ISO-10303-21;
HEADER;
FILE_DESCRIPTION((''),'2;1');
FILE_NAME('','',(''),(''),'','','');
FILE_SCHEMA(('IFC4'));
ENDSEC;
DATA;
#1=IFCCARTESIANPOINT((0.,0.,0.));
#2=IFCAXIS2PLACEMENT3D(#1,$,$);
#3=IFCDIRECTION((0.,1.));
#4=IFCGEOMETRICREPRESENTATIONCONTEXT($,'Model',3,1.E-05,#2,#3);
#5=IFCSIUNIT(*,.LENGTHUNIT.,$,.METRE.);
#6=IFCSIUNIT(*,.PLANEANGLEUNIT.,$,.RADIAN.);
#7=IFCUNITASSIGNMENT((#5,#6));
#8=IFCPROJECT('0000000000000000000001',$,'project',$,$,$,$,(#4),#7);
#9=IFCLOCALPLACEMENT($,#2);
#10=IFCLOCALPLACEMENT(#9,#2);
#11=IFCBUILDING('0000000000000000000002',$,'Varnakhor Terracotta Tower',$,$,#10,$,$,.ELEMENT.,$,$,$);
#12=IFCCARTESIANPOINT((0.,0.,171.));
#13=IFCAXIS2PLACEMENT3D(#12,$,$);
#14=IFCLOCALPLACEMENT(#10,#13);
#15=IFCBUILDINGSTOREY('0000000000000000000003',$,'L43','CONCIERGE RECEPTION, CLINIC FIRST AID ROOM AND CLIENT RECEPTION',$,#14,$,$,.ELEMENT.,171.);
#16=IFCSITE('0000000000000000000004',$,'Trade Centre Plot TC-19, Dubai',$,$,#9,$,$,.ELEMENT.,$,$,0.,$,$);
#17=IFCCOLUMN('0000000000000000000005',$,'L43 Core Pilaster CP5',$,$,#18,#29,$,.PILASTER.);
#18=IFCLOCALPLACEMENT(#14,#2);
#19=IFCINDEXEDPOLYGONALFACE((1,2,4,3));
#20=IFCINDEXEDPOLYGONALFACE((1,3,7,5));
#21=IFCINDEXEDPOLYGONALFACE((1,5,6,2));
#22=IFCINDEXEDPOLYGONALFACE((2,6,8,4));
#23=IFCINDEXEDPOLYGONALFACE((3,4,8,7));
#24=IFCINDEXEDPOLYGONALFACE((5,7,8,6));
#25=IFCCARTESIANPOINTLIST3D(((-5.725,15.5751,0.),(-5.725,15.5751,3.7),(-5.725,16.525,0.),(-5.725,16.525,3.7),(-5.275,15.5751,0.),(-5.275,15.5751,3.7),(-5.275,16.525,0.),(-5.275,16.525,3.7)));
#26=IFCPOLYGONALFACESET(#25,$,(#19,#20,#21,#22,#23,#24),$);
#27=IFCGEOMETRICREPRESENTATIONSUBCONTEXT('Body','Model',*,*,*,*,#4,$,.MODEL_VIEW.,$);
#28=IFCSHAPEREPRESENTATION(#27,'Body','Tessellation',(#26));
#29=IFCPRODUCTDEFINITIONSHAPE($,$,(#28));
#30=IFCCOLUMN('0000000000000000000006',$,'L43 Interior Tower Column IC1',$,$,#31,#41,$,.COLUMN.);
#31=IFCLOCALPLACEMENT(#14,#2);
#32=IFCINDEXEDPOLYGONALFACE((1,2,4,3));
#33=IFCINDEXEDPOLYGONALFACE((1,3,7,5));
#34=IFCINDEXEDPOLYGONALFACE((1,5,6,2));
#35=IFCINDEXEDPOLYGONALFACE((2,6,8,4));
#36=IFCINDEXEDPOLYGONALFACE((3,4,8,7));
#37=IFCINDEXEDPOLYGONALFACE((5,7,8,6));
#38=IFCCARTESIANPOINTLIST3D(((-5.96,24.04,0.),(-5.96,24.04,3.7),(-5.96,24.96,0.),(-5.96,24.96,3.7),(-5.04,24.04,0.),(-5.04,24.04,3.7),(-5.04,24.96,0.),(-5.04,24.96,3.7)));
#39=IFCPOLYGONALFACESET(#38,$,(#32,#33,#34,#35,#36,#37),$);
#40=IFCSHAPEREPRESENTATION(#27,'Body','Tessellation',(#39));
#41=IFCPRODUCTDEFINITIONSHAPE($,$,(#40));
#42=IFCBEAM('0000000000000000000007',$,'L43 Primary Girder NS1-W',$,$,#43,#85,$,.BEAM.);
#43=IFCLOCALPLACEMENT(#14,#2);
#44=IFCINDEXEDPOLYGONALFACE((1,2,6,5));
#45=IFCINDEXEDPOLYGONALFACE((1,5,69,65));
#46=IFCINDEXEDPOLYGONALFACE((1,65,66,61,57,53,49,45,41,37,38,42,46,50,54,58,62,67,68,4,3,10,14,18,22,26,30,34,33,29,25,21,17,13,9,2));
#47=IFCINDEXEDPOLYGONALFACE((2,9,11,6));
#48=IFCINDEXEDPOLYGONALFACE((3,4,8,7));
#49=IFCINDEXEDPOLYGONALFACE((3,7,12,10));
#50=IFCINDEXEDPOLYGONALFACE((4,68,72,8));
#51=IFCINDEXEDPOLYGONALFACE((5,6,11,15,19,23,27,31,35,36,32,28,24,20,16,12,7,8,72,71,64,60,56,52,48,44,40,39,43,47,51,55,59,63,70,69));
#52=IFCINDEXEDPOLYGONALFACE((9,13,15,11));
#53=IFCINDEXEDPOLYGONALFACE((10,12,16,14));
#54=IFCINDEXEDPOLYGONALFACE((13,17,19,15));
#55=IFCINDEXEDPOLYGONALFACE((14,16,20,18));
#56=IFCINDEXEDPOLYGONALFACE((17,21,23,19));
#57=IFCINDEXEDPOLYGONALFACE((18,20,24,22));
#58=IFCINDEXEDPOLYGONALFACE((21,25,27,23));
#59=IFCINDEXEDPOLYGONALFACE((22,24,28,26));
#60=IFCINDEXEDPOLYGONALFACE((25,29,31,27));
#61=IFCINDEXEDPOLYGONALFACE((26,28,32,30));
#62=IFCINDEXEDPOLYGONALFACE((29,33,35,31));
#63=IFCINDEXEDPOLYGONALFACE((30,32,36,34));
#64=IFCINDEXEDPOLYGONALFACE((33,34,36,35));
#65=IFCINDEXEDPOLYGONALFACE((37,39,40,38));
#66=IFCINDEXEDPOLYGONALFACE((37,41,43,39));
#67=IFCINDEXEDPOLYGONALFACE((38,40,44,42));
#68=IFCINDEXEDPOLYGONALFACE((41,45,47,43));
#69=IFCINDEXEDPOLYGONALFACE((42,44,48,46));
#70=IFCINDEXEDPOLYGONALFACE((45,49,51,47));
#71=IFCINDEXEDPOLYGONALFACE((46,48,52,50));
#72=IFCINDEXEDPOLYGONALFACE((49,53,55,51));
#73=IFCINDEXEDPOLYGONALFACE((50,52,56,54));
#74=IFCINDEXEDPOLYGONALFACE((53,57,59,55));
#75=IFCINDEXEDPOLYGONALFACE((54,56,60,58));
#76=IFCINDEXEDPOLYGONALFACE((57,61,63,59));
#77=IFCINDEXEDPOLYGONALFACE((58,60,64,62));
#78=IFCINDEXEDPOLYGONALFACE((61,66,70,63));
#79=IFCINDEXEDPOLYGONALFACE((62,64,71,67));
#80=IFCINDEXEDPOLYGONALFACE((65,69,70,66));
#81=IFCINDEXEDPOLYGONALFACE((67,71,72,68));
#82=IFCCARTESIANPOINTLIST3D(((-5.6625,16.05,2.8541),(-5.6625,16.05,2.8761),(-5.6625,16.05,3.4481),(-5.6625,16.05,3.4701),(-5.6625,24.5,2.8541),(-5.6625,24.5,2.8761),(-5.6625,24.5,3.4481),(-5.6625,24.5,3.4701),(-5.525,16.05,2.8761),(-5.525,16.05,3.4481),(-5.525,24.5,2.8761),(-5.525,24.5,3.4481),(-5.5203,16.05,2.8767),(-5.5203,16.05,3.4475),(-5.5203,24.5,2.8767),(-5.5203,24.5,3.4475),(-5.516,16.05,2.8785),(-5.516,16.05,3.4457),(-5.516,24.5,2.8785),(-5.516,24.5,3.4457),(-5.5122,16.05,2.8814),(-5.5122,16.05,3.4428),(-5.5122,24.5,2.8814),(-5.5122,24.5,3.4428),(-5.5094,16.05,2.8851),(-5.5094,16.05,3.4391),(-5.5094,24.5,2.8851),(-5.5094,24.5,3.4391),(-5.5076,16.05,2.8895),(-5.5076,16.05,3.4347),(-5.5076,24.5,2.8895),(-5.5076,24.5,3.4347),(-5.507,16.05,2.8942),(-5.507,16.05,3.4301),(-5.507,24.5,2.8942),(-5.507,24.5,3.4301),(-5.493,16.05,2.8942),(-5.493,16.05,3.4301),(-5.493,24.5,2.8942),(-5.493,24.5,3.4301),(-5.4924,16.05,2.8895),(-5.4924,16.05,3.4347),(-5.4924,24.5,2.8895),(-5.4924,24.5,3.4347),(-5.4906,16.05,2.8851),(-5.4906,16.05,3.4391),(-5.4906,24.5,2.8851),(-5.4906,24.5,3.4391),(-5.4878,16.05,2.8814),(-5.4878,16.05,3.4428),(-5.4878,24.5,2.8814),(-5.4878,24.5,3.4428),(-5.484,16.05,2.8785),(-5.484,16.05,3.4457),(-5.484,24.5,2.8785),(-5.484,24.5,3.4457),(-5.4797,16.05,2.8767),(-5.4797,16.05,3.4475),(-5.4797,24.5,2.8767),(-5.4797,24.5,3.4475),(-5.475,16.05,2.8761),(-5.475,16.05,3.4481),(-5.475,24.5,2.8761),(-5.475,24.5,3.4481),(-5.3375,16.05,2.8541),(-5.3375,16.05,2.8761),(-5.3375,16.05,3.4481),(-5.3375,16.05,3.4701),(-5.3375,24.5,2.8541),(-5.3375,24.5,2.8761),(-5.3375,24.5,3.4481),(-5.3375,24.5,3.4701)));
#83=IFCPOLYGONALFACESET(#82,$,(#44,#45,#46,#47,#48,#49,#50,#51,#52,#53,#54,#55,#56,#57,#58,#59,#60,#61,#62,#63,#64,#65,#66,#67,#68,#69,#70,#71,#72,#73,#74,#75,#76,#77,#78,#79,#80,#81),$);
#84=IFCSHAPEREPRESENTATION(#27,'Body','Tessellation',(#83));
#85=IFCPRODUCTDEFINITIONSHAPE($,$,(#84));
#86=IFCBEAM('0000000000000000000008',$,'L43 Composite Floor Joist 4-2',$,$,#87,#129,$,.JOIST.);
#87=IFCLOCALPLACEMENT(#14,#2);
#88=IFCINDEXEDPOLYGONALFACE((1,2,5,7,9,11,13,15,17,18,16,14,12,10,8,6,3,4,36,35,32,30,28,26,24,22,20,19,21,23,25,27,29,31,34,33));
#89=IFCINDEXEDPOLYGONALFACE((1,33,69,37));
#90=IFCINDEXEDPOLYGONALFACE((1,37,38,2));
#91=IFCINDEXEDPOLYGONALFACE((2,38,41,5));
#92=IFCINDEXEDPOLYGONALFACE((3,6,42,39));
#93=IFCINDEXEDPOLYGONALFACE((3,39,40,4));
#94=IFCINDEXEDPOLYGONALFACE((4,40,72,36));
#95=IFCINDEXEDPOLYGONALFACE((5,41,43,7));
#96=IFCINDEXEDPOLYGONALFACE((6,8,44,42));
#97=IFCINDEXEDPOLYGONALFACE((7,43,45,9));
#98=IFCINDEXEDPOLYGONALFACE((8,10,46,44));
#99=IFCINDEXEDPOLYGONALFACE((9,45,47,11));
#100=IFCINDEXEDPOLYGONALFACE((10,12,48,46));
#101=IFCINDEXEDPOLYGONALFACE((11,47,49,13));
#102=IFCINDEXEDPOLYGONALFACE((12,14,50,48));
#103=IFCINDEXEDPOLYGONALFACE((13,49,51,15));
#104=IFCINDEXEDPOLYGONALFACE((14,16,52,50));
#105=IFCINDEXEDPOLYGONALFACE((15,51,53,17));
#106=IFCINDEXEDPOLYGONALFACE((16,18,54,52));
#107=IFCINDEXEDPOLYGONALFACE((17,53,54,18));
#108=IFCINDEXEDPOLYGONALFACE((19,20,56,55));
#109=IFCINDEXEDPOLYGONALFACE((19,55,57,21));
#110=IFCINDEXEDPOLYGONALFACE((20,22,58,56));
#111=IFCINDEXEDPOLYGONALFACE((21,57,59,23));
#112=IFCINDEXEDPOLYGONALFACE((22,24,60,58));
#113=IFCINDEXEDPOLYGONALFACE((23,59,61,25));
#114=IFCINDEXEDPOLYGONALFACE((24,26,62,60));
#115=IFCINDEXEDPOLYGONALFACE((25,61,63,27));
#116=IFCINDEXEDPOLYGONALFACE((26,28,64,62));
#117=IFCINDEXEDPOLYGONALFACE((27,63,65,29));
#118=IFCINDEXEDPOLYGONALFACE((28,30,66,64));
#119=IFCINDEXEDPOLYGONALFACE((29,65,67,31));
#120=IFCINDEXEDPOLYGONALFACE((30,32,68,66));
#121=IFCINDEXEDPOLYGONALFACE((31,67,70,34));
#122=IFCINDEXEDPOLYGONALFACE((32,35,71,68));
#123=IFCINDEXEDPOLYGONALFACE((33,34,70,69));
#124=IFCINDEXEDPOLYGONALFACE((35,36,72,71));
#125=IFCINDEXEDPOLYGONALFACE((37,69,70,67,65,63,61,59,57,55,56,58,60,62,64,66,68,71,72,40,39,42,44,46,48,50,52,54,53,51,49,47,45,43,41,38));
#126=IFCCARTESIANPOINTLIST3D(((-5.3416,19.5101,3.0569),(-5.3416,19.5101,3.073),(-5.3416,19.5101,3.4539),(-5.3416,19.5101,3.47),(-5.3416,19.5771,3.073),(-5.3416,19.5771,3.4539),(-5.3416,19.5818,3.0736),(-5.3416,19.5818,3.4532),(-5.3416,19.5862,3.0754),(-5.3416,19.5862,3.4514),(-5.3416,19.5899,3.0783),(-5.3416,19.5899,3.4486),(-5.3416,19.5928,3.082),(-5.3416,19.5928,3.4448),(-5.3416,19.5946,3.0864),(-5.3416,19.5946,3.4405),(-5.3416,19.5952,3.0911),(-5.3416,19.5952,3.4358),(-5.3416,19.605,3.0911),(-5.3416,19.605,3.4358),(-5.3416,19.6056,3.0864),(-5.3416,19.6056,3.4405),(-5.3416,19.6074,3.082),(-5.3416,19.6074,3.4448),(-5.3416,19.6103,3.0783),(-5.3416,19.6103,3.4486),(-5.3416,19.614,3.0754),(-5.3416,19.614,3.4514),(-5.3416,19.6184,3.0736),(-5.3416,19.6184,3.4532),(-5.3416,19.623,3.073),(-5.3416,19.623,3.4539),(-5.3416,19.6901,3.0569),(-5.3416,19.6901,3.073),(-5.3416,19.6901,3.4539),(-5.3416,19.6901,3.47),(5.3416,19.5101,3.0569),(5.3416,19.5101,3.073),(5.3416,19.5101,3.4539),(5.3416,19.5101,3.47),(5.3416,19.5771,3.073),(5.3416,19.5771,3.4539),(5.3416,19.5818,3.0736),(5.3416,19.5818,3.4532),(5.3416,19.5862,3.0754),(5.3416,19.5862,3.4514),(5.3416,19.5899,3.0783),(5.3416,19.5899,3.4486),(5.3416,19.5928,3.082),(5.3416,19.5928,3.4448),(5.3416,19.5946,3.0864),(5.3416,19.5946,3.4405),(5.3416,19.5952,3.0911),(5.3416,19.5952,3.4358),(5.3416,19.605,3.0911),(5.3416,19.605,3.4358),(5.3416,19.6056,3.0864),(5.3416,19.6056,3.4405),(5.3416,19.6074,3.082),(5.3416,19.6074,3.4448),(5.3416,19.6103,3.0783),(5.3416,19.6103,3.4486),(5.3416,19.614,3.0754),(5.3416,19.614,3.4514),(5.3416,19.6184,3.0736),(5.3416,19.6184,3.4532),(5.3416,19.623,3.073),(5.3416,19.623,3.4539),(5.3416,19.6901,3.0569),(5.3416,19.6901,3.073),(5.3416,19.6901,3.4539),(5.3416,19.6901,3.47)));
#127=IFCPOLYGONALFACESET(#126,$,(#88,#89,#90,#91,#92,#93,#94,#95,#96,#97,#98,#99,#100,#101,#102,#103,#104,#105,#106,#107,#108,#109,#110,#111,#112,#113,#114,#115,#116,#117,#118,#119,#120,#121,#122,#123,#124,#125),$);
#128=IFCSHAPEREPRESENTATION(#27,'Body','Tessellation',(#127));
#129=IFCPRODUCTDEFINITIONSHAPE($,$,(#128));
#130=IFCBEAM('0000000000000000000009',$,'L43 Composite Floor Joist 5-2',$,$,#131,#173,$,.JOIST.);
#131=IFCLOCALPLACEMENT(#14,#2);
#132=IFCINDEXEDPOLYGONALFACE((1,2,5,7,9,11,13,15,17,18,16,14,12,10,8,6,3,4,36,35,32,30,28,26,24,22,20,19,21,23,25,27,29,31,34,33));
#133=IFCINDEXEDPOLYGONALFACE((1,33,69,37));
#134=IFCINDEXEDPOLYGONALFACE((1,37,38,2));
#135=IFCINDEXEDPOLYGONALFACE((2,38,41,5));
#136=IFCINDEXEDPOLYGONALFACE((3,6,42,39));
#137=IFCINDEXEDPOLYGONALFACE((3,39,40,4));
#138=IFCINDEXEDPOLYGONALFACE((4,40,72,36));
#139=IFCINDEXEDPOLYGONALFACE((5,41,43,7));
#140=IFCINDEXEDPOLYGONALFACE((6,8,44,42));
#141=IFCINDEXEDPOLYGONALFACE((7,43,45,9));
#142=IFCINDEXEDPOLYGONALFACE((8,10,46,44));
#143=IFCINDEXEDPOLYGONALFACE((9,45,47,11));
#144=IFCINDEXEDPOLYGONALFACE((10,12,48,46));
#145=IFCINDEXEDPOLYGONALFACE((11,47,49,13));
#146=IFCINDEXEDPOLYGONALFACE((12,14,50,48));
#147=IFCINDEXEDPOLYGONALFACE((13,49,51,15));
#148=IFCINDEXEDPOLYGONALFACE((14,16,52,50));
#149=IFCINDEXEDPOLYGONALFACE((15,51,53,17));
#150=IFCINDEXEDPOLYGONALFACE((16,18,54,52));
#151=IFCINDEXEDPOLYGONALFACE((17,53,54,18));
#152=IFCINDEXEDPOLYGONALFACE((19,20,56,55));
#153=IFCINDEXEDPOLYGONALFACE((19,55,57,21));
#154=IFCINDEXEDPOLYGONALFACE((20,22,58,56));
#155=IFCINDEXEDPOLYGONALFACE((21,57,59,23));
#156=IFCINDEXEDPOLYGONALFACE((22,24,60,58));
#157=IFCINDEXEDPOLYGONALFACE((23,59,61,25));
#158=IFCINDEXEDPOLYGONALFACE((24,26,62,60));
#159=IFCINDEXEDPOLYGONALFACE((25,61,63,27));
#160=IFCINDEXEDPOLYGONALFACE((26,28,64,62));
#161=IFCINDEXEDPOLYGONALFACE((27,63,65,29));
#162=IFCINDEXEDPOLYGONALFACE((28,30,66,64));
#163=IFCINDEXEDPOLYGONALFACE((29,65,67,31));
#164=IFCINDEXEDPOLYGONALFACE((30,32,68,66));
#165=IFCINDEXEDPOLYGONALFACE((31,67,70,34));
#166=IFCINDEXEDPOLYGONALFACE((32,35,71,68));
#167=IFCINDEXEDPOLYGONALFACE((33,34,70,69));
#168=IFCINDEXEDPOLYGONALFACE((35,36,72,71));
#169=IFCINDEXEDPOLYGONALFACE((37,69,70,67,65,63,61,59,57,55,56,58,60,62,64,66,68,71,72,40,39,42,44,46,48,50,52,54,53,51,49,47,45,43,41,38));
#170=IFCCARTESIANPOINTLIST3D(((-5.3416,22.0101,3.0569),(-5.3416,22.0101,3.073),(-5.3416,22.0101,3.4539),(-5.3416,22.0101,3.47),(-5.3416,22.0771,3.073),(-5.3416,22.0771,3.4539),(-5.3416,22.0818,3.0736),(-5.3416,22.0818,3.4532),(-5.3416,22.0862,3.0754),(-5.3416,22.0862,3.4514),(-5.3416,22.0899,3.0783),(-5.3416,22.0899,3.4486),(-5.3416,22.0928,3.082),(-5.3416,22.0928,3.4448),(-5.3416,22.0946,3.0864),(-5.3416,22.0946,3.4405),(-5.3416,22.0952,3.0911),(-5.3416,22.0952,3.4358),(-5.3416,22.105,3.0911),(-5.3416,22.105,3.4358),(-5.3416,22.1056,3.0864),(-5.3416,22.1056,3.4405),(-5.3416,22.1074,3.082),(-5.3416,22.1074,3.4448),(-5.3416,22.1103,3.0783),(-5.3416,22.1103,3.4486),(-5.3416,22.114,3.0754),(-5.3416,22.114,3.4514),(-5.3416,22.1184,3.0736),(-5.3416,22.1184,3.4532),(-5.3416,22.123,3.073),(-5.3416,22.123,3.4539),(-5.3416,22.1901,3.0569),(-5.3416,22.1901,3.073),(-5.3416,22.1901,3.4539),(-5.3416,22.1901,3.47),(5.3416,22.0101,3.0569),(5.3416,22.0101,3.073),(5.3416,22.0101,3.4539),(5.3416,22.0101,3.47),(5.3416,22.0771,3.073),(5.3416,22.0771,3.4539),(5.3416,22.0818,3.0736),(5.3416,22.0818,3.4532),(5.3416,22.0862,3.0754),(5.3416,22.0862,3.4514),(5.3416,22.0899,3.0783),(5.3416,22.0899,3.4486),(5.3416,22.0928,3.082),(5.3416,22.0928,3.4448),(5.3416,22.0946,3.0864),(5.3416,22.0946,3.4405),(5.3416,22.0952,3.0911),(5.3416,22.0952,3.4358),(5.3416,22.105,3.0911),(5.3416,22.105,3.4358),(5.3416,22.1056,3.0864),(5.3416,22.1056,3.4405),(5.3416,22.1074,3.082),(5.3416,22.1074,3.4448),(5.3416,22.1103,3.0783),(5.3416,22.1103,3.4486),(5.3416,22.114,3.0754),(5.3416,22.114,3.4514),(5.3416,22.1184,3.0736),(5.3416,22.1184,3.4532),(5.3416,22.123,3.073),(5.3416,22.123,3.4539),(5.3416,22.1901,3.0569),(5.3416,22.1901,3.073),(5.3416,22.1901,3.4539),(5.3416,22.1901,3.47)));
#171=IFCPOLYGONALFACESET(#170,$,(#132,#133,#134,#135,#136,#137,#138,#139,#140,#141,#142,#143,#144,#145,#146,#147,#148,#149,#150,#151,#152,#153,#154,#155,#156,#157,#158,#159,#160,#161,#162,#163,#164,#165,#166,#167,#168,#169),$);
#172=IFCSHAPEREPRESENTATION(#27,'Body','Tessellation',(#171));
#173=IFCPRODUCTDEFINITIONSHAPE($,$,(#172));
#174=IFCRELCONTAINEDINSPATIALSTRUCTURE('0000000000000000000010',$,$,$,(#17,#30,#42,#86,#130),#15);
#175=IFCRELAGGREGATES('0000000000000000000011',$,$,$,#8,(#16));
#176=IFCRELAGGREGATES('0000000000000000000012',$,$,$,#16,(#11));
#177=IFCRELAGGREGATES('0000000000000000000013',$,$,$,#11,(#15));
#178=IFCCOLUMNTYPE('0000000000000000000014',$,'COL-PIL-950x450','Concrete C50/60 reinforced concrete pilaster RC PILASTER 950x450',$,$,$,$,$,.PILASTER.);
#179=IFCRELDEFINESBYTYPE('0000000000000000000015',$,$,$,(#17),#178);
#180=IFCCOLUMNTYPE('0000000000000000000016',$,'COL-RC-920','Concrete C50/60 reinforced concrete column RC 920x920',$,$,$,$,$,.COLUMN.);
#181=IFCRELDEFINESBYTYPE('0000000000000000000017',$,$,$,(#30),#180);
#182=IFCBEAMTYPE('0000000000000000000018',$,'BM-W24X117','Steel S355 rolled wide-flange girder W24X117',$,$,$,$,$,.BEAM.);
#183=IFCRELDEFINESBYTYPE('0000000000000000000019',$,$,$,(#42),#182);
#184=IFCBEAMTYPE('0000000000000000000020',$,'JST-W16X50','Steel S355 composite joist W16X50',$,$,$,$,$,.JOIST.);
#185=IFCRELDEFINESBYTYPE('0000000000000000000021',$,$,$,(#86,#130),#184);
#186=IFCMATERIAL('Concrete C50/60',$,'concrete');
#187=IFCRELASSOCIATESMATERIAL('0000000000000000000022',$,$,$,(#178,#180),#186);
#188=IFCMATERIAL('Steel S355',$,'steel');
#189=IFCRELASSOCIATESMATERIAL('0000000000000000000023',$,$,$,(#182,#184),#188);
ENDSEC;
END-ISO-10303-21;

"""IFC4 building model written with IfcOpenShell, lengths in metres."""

from ifc_helpers import new_model, si_unit, direction, frame, origin, origin_2d, place, context, subcontext, project, spatial, rectangle, i_section, extrude, source, transform, mapped, material, material_profile, profile_set, type_object, type_shapes, element, save


model = new_model("IFC4")

# Units and contexts
model_context = context("Model", 3, precision=1e-05, world=origin(), true_north=direction((0.0, 1.0)))
body_context = subcontext(model_context, "Body", "Model", "MODEL_VIEW")
ifc_project = project(units=[si_unit("LENGTHUNIT", "METRE"), si_unit("PLANEANGLEUNIT", "RADIAN")], contexts=[model_context])

# Site, building, storey
site_placement = place(None, origin())
site = spatial("IfcSite", under=ifc_project, at=site_placement, Name="Trade Centre Plot TC-19, Dubai", CompositionType="ELEMENT", RefElevation=0.0)
building_placement = place(site_placement, origin())
building = spatial("IfcBuilding", under=site, at=building_placement, Name="Varnakhor Terracotta Tower", CompositionType="ELEMENT")
storey_placement = place(building_placement, frame((0.0, 0.0, 171.0)))
storey = spatial("IfcBuildingStorey", under=building, at=storey_placement, Name="L43", Description="CONCIERGE RECEPTION, CLINIC FIRST AID ROOM AND CLIENT RECEPTION", CompositionType="ELEMENT", Elevation=171.0)

# Columns
ifc_material_1 = material(Name="Concrete C50/60", Category="concrete")
ifc_material_profile_1 = material_profile(ifc_material_1, rectangle(XDim=0.45, YDim=0.95, at=origin_2d()), Name="RC PILASTER 950x450")
ifc_profile_set_1 = profile_set([ifc_material_profile_1], Name="Concrete C50/60")
column_type_1 = type_object("IfcColumnType", Name="COL-PIL-950x450", Description="Concrete C50/60 reinforced concrete pilaster RC PILASTER 950x450", PredefinedType="PILASTER", material=ifc_profile_set_1)
shared_shape_1 = source(origin(), body_context, "Body", "SweptSolid", [
    extrude(rectangle(XDim=0.45, YDim=0.95, at=origin_2d()), origin(), (0.0, 0.0, 1.0), 3.7),
])
column_1_placement = place(storey_placement, frame((-5.5, 16.05, 0.0), z_axis=(0.0, 0.0, 1.0), x_axis=(1.0, 0.0, 0.0)))
element("IfcColumn", 1, at=column_1_placement, inside=storey, type_object=column_type_1, Name="L43 Core Pilaster CP5", PredefinedType="PILASTER", context=body_context, shape_type="MappedRepresentation", body=[
    mapped(shared_shape_1, transform((0.0, 0.0, 0.0), scale=1.0)),
])
ifc_material_profile_2 = material_profile(ifc_material_1, rectangle(XDim=0.9199, YDim=0.9199, at=origin_2d()), Name="RC 920x920")
ifc_profile_set_2 = profile_set([ifc_material_profile_2], Name="Concrete C50/60")
column_type_2 = type_object("IfcColumnType", Name="COL-RC-920", Description="Concrete C50/60 reinforced concrete column RC 920x920", PredefinedType="COLUMN", material=ifc_profile_set_2)
shared_shape_2 = source(origin(), body_context, "Body", "SweptSolid", [
    extrude(rectangle(XDim=0.9199, YDim=0.9199, at=origin_2d()), origin(), (0.0, 0.0, 1.0), 3.7),
])
column_2_placement = place(storey_placement, frame((-5.5, 24.5, 0.0), z_axis=(0.0, 0.0, 1.0), x_axis=(1.0, 0.0, 0.0)))
element("IfcColumn", 2, at=column_2_placement, inside=storey, type_object=column_type_2, Name="L43 Interior Tower Column IC1", PredefinedType="COLUMN", context=body_context, shape_type="MappedRepresentation", body=[
    mapped(shared_shape_2, transform((0.0, 0.0, 0.0), scale=1.0)),
])

# Beams
ifc_material_2 = material(Name="Steel S355", Category="steel")
ifc_material_profile_3 = material_profile(ifc_material_2, i_section(OverallWidth=0.325, OverallDepth=0.616, WebThickness=0.0139, FlangeThickness=0.022, FilletRadius=0.0181, at=origin_2d()), Name="W24X117")
ifc_profile_set_3 = profile_set([ifc_material_profile_3], Name="Steel S355")
beam_type_1 = type_object("IfcBeamType", Name="BM-W24X117", Description="Steel S355 rolled wide-flange girder W24X117", PredefinedType="BEAM", material=ifc_profile_set_3)
shared_shape_3 = source(origin(), body_context, "Body", "SweptSolid", [
    extrude(i_section(OverallWidth=0.325, OverallDepth=0.616, WebThickness=0.0139, FlangeThickness=0.022, FilletRadius=0.0181, at=origin_2d()), origin(), (0.0, 0.0, 1.0), 8.45),
])
type_shapes(beam_type_1, [shared_shape_3])
beam_placement = place(storey_placement, frame((-5.5, 16.05, 3.1621), z_axis=(0.0, 1.0, 0.0), x_axis=(-1.0, 0.0, 0.0)))
element("IfcBeam", 3, at=beam_placement, inside=storey, type_object=beam_type_1, Name="L43 Primary Girder NS1-W", PredefinedType="BEAM", context=body_context, shape_type="MappedRepresentation", body=[
    mapped(shared_shape_3, transform((0.0, 0.0, 0.0), scale=1.0)),
])
ifc_material_profile_4 = material_profile(ifc_material_2, i_section(OverallWidth=0.1799, OverallDepth=0.4131, WebThickness=0.0098, FlangeThickness=0.0161, FilletRadius=0.0181, at=origin_2d()), Name="W16X50")
ifc_profile_set_4 = profile_set([ifc_material_profile_4], Name="Steel S355")
beam_type_2 = type_object("IfcBeamType", Name="JST-W16X50", Description="Steel S355 composite joist W16X50", PredefinedType="JOIST", material=ifc_profile_set_4)
shared_shape_4 = source(origin(), body_context, "Body", "SweptSolid", [
    extrude(i_section(OverallWidth=0.1799, OverallDepth=0.4131, WebThickness=0.0098, FlangeThickness=0.0161, FilletRadius=0.0181, at=origin_2d()), origin(), (0.0, 0.0, 1.0), 10.6831),
])
for number, where, z_axis, x_axis, name in (
    (4, (-5.3416, 19.6001, 3.2634), (1.0, 0.0, 0.0), (0.0, 1.0, 0.0), "L43 Composite Floor Joist 4-2"),
    (5, (-5.3416, 22.1001, 3.2634), (1.0, 0.0, 0.0), (0.0, 1.0, 0.0), "L43 Composite Floor Joist 5-2"),
):
    element("IfcBeam", number, at=place(storey_placement, frame(where, z_axis=z_axis, x_axis=x_axis)), inside=storey, type_object=beam_type_2, Name=name, PredefinedType="JOIST", context=body_context, shape_type="MappedRepresentation", body=[
        mapped(shared_shape_4, transform((0.0, 0.0, 0.0), scale=1.0)),
    ])

save(model, "model.ifc")
